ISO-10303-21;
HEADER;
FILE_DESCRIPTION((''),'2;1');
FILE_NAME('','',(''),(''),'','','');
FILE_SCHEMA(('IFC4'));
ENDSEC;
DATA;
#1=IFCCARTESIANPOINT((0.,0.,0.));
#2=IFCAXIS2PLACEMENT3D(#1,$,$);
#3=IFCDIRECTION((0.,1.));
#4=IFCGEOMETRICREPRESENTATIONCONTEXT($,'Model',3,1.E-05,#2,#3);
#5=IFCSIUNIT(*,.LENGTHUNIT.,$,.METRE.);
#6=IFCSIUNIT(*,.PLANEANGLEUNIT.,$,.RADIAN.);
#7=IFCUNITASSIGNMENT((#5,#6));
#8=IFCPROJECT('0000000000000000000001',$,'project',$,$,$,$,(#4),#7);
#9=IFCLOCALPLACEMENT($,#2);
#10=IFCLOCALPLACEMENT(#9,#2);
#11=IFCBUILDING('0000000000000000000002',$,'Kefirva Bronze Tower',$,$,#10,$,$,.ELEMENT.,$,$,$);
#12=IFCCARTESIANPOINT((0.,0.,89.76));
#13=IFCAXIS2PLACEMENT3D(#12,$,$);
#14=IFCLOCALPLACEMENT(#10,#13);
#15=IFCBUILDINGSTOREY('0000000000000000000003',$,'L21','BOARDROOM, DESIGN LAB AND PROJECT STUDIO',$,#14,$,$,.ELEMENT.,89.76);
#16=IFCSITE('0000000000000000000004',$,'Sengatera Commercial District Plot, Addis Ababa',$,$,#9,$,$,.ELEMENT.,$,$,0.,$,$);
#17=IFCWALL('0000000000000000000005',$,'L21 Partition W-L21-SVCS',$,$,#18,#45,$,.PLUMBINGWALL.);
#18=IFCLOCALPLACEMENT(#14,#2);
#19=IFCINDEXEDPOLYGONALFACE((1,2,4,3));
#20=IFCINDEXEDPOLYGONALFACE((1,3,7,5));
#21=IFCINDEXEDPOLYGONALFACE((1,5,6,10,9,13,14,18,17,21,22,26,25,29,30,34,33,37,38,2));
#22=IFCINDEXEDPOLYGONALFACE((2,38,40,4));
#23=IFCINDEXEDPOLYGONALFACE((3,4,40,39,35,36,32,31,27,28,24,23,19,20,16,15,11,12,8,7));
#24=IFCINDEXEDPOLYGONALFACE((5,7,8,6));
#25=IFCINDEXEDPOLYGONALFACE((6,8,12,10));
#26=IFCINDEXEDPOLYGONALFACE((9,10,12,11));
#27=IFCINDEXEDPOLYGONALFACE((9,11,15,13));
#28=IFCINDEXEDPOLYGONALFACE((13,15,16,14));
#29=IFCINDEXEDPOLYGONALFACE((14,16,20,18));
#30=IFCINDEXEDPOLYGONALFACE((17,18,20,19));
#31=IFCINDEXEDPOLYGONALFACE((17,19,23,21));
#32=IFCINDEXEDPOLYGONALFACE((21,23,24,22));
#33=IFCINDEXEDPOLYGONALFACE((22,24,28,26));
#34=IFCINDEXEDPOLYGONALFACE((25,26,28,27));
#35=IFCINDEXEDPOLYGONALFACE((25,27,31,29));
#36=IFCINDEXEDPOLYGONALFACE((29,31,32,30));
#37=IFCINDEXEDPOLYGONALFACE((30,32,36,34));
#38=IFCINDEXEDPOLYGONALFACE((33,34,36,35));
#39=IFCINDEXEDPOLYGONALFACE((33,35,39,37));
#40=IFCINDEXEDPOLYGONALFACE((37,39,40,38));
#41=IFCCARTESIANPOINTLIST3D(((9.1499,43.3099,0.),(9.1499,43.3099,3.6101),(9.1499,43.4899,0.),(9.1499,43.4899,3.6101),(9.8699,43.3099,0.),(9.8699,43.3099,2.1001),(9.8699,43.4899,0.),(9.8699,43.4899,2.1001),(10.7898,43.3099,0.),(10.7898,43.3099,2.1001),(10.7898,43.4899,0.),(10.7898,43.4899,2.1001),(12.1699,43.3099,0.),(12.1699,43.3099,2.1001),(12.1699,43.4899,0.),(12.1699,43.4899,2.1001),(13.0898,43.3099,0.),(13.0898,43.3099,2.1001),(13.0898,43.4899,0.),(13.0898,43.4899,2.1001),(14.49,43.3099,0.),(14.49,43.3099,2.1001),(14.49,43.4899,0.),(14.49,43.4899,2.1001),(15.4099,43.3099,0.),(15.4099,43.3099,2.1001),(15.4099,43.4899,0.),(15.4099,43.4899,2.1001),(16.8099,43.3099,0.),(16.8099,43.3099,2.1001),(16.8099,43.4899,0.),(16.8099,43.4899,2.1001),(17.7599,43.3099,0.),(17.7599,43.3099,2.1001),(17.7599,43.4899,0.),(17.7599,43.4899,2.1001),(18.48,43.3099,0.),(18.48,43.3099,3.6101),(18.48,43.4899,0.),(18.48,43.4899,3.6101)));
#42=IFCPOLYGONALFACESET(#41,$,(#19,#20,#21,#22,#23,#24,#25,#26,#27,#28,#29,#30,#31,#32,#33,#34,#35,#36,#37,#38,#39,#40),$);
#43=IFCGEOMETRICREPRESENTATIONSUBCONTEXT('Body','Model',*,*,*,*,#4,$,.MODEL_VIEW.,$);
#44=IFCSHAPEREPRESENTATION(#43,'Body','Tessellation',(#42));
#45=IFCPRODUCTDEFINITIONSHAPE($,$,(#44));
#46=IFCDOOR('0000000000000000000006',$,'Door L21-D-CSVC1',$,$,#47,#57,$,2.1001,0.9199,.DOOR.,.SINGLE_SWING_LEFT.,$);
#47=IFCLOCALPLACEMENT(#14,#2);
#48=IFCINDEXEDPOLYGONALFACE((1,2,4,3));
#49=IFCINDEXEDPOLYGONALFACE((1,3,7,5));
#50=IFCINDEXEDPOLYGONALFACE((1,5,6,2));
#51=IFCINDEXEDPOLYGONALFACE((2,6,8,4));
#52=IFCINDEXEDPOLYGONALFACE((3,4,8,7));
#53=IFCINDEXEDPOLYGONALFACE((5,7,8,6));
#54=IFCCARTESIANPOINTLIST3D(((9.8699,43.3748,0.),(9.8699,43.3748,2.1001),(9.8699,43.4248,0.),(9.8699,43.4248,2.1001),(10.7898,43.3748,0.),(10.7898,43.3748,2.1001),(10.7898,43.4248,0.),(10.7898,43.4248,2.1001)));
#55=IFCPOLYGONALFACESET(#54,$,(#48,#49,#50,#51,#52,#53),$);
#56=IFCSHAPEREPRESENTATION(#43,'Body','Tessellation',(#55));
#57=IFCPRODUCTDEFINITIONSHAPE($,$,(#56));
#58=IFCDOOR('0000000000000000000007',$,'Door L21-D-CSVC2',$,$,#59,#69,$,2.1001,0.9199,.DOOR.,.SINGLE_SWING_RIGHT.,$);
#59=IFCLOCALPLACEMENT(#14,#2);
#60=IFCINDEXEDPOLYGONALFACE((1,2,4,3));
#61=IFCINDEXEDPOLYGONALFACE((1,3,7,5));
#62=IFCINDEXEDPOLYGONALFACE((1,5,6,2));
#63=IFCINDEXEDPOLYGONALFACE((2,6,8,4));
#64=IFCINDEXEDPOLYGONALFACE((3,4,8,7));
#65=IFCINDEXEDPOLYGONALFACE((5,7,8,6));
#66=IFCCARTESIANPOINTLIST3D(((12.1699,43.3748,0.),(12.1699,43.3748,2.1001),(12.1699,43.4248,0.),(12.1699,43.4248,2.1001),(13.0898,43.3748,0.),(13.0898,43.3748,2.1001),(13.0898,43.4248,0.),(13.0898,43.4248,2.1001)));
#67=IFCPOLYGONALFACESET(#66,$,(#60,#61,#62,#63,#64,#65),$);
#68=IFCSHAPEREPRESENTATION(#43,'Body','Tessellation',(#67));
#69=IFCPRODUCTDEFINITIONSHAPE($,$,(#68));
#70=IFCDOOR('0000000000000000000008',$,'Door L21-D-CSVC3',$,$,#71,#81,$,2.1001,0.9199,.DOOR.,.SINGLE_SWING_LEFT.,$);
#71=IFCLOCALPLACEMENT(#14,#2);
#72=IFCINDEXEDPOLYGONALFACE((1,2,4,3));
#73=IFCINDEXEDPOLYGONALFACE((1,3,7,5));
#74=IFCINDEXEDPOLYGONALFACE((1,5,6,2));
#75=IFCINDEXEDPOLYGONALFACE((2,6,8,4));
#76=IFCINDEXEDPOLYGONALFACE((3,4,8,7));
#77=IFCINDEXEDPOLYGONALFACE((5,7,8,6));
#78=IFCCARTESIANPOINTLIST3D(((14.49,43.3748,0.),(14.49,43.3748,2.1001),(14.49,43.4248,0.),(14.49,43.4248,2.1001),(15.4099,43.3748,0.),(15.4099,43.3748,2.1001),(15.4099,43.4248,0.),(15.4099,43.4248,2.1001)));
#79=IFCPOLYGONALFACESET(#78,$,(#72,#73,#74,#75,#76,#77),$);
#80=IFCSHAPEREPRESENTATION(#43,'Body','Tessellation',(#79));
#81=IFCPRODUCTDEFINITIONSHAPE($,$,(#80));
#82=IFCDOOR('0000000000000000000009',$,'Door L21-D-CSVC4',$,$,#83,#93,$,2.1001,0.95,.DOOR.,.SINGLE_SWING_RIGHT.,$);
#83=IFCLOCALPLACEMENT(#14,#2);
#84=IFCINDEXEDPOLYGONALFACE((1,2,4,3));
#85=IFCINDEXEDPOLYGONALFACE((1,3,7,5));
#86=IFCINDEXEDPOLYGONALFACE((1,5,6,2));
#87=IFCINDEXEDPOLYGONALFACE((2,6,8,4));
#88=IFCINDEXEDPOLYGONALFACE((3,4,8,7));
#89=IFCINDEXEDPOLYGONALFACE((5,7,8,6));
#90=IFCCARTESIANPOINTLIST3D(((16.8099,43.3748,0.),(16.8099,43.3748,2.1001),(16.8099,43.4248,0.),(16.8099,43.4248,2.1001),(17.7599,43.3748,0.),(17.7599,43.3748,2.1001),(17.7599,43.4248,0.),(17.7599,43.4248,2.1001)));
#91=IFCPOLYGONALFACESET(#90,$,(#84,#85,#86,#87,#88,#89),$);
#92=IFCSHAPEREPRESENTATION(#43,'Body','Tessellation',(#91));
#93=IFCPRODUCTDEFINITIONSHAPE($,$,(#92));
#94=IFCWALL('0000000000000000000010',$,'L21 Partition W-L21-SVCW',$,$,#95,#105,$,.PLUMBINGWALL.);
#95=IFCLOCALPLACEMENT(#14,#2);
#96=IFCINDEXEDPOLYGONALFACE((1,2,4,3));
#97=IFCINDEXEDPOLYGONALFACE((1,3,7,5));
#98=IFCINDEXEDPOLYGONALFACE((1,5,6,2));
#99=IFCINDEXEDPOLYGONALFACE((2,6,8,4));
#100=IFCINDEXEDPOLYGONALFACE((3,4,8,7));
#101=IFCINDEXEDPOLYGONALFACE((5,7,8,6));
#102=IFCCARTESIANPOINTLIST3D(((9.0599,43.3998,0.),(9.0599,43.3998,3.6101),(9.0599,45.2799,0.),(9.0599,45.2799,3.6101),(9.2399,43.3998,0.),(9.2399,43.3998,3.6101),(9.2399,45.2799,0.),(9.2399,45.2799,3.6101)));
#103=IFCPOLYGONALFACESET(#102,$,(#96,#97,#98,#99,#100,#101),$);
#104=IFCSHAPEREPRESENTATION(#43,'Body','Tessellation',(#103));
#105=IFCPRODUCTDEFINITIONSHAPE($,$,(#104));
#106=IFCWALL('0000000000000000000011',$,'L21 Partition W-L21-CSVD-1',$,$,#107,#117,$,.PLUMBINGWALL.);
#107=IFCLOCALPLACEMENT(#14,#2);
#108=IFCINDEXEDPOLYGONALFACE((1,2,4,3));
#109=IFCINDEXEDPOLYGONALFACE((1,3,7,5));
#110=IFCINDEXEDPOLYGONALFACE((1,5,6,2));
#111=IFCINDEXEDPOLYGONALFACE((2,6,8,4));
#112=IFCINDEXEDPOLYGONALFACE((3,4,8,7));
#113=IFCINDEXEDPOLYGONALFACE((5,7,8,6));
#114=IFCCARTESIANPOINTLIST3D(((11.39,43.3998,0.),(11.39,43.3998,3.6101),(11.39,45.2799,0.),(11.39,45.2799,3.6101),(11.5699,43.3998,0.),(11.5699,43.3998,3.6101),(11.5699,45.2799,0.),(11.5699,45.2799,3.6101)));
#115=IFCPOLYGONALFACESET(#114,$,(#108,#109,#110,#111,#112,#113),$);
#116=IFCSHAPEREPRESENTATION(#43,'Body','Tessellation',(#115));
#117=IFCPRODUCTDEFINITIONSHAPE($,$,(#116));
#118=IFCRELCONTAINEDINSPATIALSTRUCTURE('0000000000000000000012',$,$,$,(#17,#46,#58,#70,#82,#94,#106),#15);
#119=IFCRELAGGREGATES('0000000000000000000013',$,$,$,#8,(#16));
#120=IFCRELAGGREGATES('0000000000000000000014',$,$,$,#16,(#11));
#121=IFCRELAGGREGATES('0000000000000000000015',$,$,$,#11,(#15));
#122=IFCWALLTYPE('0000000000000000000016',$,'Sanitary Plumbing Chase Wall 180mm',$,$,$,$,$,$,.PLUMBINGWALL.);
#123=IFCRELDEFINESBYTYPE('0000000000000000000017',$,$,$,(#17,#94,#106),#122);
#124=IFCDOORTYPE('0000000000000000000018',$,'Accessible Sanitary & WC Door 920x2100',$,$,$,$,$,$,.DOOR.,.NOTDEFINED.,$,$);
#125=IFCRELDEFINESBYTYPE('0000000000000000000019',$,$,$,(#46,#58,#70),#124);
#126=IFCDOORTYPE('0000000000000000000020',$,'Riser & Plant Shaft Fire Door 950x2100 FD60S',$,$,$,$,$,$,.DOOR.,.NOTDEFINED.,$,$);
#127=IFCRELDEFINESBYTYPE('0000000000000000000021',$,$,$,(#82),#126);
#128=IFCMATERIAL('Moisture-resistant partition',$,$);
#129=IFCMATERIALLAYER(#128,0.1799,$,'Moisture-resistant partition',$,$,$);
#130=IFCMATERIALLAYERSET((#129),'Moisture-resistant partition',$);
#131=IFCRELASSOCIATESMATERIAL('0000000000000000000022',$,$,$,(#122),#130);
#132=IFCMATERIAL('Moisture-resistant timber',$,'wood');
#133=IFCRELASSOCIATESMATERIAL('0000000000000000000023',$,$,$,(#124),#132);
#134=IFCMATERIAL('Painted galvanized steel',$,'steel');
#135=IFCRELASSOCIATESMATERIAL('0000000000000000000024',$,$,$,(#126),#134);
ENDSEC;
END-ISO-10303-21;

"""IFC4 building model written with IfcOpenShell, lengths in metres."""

from ifc_helpers import new_model, si_unit, direction, frame, frame_2d, origin, place, context, subcontext, project, spatial, rectangle, extrude, material, layer, layer_set, type_object, element, fill, save


model = new_model("IFC4")

# Units and contexts
model_context = context("Model", 3, precision=1e-05, world=origin(), true_north=direction((0.0, 1.0)))
body_context = subcontext(model_context, "Body", "Model", "MODEL_VIEW")
ifc_project = project(units=[si_unit("LENGTHUNIT", "METRE"), si_unit("PLANEANGLEUNIT", "RADIAN")], contexts=[model_context])

# Site, building, storey
site_placement = place(None, origin())
site = spatial("IfcSite", under=ifc_project, at=site_placement, Name="Sengatera Commercial District Plot, Addis Ababa", CompositionType="ELEMENT", RefElevation=0.0)
building_placement = place(site_placement, origin())
building = spatial("IfcBuilding", under=site, at=building_placement, Name="Kefirva Bronze Tower", CompositionType="ELEMENT")
storey_placement = place(building_placement, frame((0.0, 0.0, 89.76)))
storey = spatial("IfcBuildingStorey", under=building, at=storey_placement, Name="L21", Description="BOARDROOM, DESIGN LAB AND PROJECT STUDIO", CompositionType="ELEMENT", Elevation=89.76)

# Wall, openings, doors
ifc_material_1 = material(Name="Moisture-resistant partition")
ifc_layer_1 = layer(ifc_material_1, 0.1799, Name="Moisture-resistant partition")
ifc_layer_set_1 = layer_set([ifc_layer_1], Name="Moisture-resistant partition")
wall_type_1 = type_object("IfcWallType", Name="Sanitary Plumbing Chase Wall 180mm", PredefinedType="PLUMBINGWALL", material=ifc_layer_set_1)
wall_1_placement = place(storey_placement, frame((9.1499, 43.3999, 0.0), z_axis=(0.0, 0.0, 1.0), x_axis=(1.0, 0.0, 0.0)))
wall_1 = element("IfcWall", 1, at=wall_1_placement, inside=storey, type_object=wall_type_1, Name="L21 Partition W-L21-SVCS", PredefinedType="PLUMBINGWALL", context=body_context, shape_type="SweptSolid", body=[
    extrude(rectangle(XDim=9.3301, YDim=0.1799, at=frame_2d((4.665, 0.0))), origin(), (0.0, 0.0, 1.0), 3.6101),
])
opening_1_placement = place(wall_1_placement, frame((0.72, 0.0, 0.0)))
opening_1 = element("IfcOpeningElement", 2, at=opening_1_placement, cuts=wall_1, PredefinedType="OPENING", context=body_context, shape_type="SweptSolid", body=[
    extrude(rectangle(XDim=0.9199, YDim=2.1001, at=frame_2d((0.46, 1.05))), frame((0.0, 0.1001, 0.0), z_axis=(0.0, -1.0, 0.0), x_axis=(1.0, 0.0, 0.0)), (0.0, 0.0, 1.0), 0.2),
])
opening_2_placement = place(wall_1_placement, frame((3.02, 0.0, 0.0)))
opening_2 = element("IfcOpeningElement", 3, at=opening_2_placement, cuts=wall_1, PredefinedType="OPENING", context=body_context, shape_type="SweptSolid", body=[
    extrude(rectangle(XDim=0.9199, YDim=2.1001, at=frame_2d((0.46, 1.05))), frame((0.0, 0.1001, 0.0), z_axis=(0.0, -1.0, 0.0), x_axis=(1.0, 0.0, 0.0)), (0.0, 0.0, 1.0), 0.2),
])
opening_3_placement = place(wall_1_placement, frame((5.3401, 0.0, 0.0)))
opening_3 = element("IfcOpeningElement", 4, at=opening_3_placement, cuts=wall_1, PredefinedType="OPENING", context=body_context, shape_type="SweptSolid", body=[
    extrude(rectangle(XDim=0.9199, YDim=2.1001, at=frame_2d((0.46, 1.05))), frame((0.0, 0.1001, 0.0), z_axis=(0.0, -1.0, 0.0), x_axis=(1.0, 0.0, 0.0)), (0.0, 0.0, 1.0), 0.2),
])
opening_4_placement = place(wall_1_placement, frame((7.6599, 0.0, 0.0)))
opening_4 = element("IfcOpeningElement", 5, at=opening_4_placement, cuts=wall_1, PredefinedType="OPENING", context=body_context, shape_type="SweptSolid", body=[
    extrude(rectangle(XDim=0.95, YDim=2.1001, at=frame_2d((0.4751, 1.05))), frame((0.0, 0.1001, 0.0), z_axis=(0.0, -1.0, 0.0), x_axis=(1.0, 0.0, 0.0)), (0.0, 0.0, 1.0), 0.2),
])
ifc_material_2 = material(Name="Moisture-resistant timber", Category="wood")
door_type_1 = type_object("IfcDoorType", Name="Accessible Sanitary & WC Door 920x2100", OperationType="NOTDEFINED", PredefinedType="DOOR", material=ifc_material_2)
door_1_placement = place(opening_1_placement, origin())
door_1 = element("IfcDoor", 6, at=door_1_placement, inside=storey, type_object=door_type_1, Name="Door L21-D-CSVC1", OperationType="SINGLE_SWING_LEFT", OverallHeight=2.1001, OverallWidth=0.9199, PredefinedType="DOOR", context=body_context, shape_type="SweptSolid", body=[
    extrude(rectangle(XDim=0.9199, YDim=2.1001, at=frame_2d((0.46, 1.05))), frame((0.0, 0.0249, 0.0), z_axis=(0.0, -1.0, 0.0), x_axis=(1.0, 0.0, 0.0)), (0.0, 0.0, 1.0), 0.05),
])
fill(opening_1, door_1)
door_2_placement = place(opening_2_placement, origin())
door_2 = element("IfcDoor", 7, at=door_2_placement, inside=storey, type_object=door_type_1, Name="Door L21-D-CSVC2", OperationType="SINGLE_SWING_RIGHT", OverallHeight=2.1001, OverallWidth=0.9199, PredefinedType="DOOR", context=body_context, shape_type="SweptSolid", body=[
    extrude(rectangle(XDim=0.9199, YDim=2.1001, at=frame_2d((0.46, 1.05))), frame((0.0, 0.0249, 0.0), z_axis=(0.0, -1.0, 0.0), x_axis=(1.0, 0.0, 0.0)), (0.0, 0.0, 1.0), 0.05),
])
fill(opening_2, door_2)
door_3_placement = place(opening_3_placement, origin())
door_3 = element("IfcDoor", 8, at=door_3_placement, inside=storey, type_object=door_type_1, Name="Door L21-D-CSVC3", OperationType="SINGLE_SWING_LEFT", OverallHeight=2.1001, OverallWidth=0.9199, PredefinedType="DOOR", context=body_context, shape_type="SweptSolid", body=[
    extrude(rectangle(XDim=0.9199, YDim=2.1001, at=frame_2d((0.46, 1.05))), frame((0.0, 0.0249, 0.0), z_axis=(0.0, -1.0, 0.0), x_axis=(1.0, 0.0, 0.0)), (0.0, 0.0, 1.0), 0.05),
])
fill(opening_3, door_3)
ifc_material_3 = material(Name="Painted galvanized steel", Category="steel")
door_type_2 = type_object("IfcDoorType", Name="Riser & Plant Shaft Fire Door 950x2100 FD60S", OperationType="NOTDEFINED", PredefinedType="DOOR", material=ifc_material_3)
door_4_placement = place(opening_4_placement, origin())
door_4 = element("IfcDoor", 9, at=door_4_placement, inside=storey, type_object=door_type_2, Name="Door L21-D-CSVC4", OperationType="SINGLE_SWING_RIGHT", OverallHeight=2.1001, OverallWidth=0.95, PredefinedType="DOOR", context=body_context, shape_type="SweptSolid", body=[
    extrude(rectangle(XDim=0.95, YDim=2.1001, at=frame_2d((0.4751, 1.05))), frame((0.0, 0.0249, 0.0), z_axis=(0.0, -1.0, 0.0), x_axis=(1.0, 0.0, 0.0)), (0.0, 0.0, 1.0), 0.05),
])
fill(opening_4, door_4)

# Walls
for number, where, z_axis, x_axis, name in (
    (10, (9.1499, 43.3999, 0.0), (0.0, 0.0, 1.0), (0.0, 1.0, 0.0), "L21 Partition W-L21-SVCW"),
    (11, (11.48, 43.3999, 0.0), (0.0, 0.0, 1.0), (0.0, 1.0, 0.0), "L21 Partition W-L21-CSVD-1"),
):
    element("IfcWall", number, at=place(storey_placement, frame(where, z_axis=z_axis, x_axis=x_axis)), inside=storey, type_object=wall_type_1, Name=name, PredefinedType="PLUMBINGWALL", context=body_context, shape_type="SweptSolid", body=[
        extrude(rectangle(XDim=1.8801, YDim=0.1799, at=frame_2d((0.9399, 0.0))), origin(), (0.0, 0.0, 1.0), 3.6101),
    ])

save(model, "model.ifc")
